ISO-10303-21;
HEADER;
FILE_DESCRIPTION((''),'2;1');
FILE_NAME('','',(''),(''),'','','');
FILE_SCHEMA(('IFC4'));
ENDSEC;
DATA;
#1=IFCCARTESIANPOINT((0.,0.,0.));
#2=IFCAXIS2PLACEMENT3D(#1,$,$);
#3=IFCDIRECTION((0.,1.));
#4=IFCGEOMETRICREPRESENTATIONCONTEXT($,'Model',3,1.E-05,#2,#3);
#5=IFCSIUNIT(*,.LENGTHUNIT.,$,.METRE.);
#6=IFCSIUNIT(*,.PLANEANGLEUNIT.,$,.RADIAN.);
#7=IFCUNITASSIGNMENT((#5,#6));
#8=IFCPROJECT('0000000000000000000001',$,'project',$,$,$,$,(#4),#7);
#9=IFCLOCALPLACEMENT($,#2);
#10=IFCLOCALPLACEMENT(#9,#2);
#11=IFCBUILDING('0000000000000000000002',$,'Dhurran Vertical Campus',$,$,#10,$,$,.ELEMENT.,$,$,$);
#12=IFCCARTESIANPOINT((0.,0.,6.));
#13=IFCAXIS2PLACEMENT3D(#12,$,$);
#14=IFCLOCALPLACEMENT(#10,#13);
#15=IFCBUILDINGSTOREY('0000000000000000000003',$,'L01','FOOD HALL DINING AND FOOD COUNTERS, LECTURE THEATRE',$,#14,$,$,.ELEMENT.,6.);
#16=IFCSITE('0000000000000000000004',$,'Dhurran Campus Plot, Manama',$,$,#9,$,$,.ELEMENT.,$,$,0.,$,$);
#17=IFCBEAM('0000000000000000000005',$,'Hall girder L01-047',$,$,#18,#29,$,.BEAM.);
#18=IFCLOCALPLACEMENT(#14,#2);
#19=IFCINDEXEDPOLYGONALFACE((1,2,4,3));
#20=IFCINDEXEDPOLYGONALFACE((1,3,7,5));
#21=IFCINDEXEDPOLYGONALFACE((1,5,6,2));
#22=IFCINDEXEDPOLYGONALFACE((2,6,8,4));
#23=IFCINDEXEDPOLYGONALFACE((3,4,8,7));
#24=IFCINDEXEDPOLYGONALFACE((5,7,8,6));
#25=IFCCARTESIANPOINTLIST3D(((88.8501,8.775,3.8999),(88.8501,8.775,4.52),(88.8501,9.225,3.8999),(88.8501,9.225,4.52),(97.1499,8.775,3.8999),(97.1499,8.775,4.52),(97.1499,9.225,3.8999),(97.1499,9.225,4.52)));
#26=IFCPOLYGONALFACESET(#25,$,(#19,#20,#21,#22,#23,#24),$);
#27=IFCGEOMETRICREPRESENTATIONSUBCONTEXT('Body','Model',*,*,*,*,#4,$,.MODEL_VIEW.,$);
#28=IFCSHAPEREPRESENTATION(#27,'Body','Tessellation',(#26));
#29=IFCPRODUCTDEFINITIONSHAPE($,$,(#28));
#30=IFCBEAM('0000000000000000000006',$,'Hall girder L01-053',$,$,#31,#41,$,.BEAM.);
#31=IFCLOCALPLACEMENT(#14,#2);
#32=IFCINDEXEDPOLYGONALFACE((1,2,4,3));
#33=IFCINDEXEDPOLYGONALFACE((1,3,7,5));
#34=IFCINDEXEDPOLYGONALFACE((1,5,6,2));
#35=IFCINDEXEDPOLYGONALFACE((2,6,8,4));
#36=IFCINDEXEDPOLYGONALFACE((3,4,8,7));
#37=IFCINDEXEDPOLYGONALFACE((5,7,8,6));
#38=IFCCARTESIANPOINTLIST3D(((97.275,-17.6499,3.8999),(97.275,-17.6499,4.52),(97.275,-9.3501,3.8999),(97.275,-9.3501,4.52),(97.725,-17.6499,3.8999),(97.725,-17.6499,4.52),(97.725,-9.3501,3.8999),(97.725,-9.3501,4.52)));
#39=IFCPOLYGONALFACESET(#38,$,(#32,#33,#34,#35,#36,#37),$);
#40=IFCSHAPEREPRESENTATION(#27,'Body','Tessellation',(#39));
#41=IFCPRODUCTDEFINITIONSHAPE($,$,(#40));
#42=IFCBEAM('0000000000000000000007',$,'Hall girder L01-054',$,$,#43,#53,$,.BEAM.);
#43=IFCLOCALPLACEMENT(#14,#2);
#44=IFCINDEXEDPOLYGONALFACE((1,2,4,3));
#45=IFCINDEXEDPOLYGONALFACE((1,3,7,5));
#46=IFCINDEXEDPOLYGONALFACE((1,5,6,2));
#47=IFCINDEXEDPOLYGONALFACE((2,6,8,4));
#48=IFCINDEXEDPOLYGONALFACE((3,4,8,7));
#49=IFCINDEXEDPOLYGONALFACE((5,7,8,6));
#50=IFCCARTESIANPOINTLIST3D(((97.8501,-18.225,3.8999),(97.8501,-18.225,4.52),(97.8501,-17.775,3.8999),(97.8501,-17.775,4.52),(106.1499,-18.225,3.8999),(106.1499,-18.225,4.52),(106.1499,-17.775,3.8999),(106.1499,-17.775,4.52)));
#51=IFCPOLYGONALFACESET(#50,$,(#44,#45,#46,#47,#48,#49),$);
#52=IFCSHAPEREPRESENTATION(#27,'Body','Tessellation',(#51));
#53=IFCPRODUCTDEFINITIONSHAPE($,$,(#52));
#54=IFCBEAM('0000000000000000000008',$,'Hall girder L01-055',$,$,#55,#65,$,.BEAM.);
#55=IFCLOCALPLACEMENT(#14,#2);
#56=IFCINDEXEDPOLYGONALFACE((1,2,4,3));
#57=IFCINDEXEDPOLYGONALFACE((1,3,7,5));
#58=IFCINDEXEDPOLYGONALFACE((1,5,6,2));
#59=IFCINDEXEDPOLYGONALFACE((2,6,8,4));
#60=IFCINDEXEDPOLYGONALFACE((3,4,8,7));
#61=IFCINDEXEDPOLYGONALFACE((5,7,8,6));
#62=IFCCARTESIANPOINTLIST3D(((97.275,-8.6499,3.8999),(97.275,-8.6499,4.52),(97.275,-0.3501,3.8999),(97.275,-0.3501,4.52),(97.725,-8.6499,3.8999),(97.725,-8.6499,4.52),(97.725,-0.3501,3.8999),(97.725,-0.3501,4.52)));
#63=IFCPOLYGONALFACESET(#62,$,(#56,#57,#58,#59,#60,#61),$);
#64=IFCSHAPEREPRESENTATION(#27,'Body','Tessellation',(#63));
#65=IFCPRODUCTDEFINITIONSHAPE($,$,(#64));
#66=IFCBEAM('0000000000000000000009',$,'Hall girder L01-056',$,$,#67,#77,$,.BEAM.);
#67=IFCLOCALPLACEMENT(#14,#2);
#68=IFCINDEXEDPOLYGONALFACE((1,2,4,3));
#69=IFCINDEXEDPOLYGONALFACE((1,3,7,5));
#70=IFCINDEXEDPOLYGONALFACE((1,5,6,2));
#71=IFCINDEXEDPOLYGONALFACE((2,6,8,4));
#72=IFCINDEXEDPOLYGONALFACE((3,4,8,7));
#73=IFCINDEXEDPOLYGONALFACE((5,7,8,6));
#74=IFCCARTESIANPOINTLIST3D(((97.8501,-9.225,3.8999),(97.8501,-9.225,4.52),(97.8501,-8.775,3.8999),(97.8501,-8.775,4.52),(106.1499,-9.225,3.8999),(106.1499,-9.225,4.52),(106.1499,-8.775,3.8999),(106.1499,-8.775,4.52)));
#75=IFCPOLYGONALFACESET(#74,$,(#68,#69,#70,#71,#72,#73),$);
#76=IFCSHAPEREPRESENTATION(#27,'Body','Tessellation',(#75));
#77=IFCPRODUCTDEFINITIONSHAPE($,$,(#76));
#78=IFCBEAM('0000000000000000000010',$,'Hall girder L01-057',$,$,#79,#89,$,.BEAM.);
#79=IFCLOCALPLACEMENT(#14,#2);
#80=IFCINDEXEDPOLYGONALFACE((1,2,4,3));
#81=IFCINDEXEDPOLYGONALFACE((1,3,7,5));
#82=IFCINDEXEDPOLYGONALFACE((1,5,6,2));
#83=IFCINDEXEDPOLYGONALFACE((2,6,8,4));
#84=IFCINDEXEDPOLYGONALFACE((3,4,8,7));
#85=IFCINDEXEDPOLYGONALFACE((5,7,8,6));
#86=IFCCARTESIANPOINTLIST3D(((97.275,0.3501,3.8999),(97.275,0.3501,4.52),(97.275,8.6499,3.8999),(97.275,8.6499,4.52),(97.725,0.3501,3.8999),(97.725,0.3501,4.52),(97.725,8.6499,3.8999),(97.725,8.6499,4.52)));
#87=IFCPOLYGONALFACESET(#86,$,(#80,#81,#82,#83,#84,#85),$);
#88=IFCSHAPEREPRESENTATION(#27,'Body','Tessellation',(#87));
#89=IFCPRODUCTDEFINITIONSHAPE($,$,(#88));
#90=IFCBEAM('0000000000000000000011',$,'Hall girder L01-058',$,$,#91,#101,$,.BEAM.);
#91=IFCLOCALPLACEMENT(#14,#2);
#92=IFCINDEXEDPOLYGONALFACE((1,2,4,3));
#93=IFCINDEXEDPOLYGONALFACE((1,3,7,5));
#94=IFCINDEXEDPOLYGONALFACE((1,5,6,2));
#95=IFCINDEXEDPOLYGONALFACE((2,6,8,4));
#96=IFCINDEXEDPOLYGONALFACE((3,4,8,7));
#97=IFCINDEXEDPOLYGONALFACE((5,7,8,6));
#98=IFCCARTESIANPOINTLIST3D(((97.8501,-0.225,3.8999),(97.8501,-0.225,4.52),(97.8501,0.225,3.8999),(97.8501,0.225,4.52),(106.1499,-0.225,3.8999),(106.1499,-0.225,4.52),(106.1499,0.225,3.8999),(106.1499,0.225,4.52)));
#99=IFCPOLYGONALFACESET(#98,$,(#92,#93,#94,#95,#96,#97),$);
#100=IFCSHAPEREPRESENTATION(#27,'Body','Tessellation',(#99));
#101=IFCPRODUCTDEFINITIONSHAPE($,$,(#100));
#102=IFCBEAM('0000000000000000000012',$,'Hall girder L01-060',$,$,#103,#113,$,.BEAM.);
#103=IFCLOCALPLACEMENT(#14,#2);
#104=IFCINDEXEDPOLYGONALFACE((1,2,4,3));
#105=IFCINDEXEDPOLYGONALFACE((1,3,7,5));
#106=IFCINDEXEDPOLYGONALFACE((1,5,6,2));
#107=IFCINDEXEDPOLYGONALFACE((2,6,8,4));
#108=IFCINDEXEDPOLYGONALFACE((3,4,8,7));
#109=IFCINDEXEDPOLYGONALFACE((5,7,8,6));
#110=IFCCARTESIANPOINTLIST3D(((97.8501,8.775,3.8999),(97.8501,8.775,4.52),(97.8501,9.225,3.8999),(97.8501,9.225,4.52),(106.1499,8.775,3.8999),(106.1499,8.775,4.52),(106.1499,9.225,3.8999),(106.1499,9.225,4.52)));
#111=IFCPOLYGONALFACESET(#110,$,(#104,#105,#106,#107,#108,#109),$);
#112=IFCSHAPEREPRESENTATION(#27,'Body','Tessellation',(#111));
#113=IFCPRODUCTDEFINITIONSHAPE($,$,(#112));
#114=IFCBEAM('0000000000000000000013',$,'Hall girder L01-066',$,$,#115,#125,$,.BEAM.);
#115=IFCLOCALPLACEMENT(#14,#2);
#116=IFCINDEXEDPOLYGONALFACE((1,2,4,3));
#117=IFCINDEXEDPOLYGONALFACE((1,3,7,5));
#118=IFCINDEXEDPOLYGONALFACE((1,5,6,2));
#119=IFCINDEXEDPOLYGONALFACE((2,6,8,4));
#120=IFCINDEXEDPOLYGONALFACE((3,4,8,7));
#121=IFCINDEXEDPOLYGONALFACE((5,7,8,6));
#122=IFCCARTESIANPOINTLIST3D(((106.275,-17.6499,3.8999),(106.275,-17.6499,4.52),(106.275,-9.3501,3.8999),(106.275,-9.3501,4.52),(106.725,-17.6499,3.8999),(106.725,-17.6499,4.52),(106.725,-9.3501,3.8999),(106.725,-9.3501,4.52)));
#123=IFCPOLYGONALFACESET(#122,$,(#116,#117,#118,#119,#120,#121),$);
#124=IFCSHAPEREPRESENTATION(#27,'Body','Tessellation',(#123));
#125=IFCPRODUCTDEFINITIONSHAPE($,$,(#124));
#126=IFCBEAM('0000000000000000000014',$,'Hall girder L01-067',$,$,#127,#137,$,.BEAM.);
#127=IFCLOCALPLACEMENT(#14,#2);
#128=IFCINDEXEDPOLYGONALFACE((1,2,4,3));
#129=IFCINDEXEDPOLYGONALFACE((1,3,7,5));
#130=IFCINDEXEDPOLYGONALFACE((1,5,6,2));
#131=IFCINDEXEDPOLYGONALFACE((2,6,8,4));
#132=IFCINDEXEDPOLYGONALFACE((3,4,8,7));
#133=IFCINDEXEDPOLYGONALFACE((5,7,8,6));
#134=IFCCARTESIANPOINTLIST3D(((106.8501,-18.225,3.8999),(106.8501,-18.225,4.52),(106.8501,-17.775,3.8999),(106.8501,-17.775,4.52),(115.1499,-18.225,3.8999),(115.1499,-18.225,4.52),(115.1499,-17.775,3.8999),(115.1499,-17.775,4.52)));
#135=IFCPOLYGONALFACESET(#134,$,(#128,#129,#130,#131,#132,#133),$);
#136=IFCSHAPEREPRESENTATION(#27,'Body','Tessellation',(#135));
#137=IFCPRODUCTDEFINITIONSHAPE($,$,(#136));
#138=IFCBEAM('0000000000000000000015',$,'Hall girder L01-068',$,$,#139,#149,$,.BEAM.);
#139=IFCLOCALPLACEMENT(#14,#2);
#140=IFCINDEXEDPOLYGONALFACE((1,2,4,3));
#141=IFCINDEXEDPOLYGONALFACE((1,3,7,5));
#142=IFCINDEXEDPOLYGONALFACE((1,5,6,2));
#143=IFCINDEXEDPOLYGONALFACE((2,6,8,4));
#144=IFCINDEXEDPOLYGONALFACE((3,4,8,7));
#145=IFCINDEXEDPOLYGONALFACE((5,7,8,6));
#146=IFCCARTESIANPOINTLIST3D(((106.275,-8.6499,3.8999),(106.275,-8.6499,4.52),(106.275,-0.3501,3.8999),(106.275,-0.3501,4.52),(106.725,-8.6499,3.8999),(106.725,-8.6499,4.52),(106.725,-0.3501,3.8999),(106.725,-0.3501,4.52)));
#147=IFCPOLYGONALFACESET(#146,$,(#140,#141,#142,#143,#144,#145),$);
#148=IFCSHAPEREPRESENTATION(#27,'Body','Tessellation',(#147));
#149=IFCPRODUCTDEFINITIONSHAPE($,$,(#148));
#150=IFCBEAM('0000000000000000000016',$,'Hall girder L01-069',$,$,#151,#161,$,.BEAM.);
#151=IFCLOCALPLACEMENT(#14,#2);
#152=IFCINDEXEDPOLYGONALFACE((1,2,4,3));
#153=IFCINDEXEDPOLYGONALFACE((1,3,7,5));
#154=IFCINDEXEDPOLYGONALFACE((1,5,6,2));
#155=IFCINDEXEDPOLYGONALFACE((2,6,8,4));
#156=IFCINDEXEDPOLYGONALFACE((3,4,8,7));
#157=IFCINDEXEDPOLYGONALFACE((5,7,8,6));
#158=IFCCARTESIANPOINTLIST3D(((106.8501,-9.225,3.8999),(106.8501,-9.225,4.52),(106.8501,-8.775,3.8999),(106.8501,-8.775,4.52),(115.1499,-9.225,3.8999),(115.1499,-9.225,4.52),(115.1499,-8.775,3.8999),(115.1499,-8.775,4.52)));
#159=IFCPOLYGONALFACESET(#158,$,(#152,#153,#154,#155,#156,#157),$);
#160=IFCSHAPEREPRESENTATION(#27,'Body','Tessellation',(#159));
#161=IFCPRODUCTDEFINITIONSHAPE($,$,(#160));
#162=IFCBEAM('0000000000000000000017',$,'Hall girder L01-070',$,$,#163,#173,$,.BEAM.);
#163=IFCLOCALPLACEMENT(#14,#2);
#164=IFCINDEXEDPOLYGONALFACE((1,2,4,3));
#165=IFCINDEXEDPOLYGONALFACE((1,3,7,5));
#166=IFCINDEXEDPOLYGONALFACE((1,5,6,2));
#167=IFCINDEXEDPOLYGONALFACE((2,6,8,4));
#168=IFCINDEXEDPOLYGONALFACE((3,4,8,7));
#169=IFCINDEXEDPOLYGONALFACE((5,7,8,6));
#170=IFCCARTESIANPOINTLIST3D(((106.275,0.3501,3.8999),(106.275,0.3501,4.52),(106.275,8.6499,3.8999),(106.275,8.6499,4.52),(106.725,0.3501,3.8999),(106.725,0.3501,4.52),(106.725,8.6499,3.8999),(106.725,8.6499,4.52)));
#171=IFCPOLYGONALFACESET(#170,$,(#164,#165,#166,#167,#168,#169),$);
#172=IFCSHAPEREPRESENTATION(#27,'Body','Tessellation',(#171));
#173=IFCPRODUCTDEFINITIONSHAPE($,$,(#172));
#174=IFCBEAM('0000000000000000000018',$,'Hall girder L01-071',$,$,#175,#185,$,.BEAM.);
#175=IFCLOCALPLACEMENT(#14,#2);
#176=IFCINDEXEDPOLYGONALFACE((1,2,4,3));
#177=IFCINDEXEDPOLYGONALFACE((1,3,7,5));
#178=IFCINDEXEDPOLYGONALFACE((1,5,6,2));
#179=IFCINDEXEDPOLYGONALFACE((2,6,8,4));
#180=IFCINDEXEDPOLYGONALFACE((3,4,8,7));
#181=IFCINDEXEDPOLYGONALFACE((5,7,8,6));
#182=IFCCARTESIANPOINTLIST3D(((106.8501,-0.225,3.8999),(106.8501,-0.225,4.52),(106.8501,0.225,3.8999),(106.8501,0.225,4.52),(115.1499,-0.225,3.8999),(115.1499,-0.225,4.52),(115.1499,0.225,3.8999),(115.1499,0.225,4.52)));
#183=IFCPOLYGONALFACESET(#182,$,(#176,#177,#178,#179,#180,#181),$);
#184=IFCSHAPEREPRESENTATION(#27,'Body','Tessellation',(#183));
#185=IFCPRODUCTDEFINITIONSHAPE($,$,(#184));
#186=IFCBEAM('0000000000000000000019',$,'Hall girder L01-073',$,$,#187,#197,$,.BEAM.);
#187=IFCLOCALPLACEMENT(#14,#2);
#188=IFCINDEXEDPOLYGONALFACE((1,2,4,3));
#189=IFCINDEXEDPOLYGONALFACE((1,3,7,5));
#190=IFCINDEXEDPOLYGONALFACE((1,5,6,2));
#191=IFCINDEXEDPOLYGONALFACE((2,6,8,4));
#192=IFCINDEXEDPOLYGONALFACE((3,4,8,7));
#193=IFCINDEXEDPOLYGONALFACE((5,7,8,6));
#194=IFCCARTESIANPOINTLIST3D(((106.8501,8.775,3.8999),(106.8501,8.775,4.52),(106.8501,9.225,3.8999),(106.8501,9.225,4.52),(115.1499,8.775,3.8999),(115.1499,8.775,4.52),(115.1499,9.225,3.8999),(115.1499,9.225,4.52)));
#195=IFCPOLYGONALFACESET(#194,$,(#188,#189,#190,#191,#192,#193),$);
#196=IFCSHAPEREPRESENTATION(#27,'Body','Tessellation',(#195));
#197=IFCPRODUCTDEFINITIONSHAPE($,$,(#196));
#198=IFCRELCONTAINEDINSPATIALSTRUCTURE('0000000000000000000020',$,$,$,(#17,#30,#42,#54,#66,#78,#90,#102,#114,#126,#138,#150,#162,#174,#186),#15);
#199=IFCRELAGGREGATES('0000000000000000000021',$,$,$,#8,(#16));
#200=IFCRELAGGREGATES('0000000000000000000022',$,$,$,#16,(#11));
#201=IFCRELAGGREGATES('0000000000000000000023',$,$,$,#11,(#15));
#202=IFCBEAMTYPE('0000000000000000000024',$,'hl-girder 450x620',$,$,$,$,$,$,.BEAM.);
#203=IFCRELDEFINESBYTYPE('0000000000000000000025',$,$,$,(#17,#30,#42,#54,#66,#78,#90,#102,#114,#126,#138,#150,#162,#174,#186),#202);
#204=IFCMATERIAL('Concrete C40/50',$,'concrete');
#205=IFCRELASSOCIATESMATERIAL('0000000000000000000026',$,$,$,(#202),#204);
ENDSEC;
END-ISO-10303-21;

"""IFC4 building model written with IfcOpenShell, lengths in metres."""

from ifc_helpers import new_model, si_unit, direction, frame, origin, origin_2d, place, context, subcontext, project, spatial, rectangle, extrude, material, material_profile, profile_set, type_object, element, save


model = new_model("IFC4")

# Units and contexts
model_context = context("Model", 3, precision=1e-05, world=origin(), true_north=direction((0.0, 1.0)))
body_context = subcontext(model_context, "Body", "Model", "MODEL_VIEW")
ifc_project = project(units=[si_unit("LENGTHUNIT", "METRE"), si_unit("PLANEANGLEUNIT", "RADIAN")], contexts=[model_context])

# Site, building, storey
site_placement = place(None, origin())
site = spatial("IfcSite", under=ifc_project, at=site_placement, Name="Dhurran Campus Plot, Manama", CompositionType="ELEMENT", RefElevation=0.0)
building_placement = place(site_placement, origin())
building = spatial("IfcBuilding", under=site, at=building_placement, Name="Dhurran Vertical Campus", CompositionType="ELEMENT")
storey_placement = place(building_placement, frame((0.0, 0.0, 6.0)))
storey = spatial("IfcBuildingStorey", under=building, at=storey_placement, Name="L01", Description="FOOD HALL DINING AND FOOD COUNTERS, LECTURE THEATRE", CompositionType="ELEMENT", Elevation=6.0)

# Beams
ifc_material_1 = material(Name="Concrete C40/50", Category="concrete")
ifc_material_profile_1 = material_profile(ifc_material_1, rectangle(XDim=0.45, YDim=0.6201, at=origin_2d()), Name="hl-girder 450x620")
ifc_profile_set_1 = profile_set([ifc_material_profile_1], Name="Concrete C40/50")
beam_type = type_object("IfcBeamType", Name="hl-girder 450x620", PredefinedType="BEAM", material=ifc_profile_set_1)
for number, where, z_axis, x_axis, name in (
    (1, (88.8501, 9.0, 4.21), (1.0, 0.0, 0.0), (0.0, 1.0, 0.0), "Hall girder L01-047"),
    (2, (97.5, -17.6499, 4.21), (0.0, 1.0, 0.0), (-1.0, 0.0, 0.0), "Hall girder L01-053"),
    (3, (97.8501, -18.0, 4.21), (1.0, 0.0, 0.0), (0.0, 1.0, 0.0), "Hall girder L01-054"),
    (4, (97.5, -8.6499, 4.21), (0.0, 1.0, 0.0), (-1.0, 0.0, 0.0), "Hall girder L01-055"),
    (5, (97.8501, -9.0, 4.21), (1.0, 0.0, 0.0), (0.0, 1.0, 0.0), "Hall girder L01-056"),
    (6, (97.5, 0.3501, 4.21), (0.0, 1.0, 0.0), (-1.0, 0.0, 0.0), "Hall girder L01-057"),
    (7, (97.8501, 0.0, 4.21), (1.0, 0.0, 0.0), (0.0, 1.0, 0.0), "Hall girder L01-058"),
    (8, (97.8501, 9.0, 4.21), (1.0, 0.0, 0.0), (0.0, 1.0, 0.0), "Hall girder L01-060"),
    (9, (106.5, -17.6499, 4.21), (0.0, 1.0, 0.0), (-1.0, 0.0, 0.0), "Hall girder L01-066"),
    (10, (106.8501, -18.0, 4.21), (1.0, 0.0, 0.0), (0.0, 1.0, 0.0), "Hall girder L01-067"),
    (11, (106.5, -8.6499, 4.21), (0.0, 1.0, 0.0), (-1.0, 0.0, 0.0), "Hall girder L01-068"),
    (12, (106.8501, -9.0, 4.21), (1.0, 0.0, 0.0), (0.0, 1.0, 0.0), "Hall girder L01-069"),
    (13, (106.5, 0.3501, 4.21), (0.0, 1.0, 0.0), (-1.0, 0.0, 0.0), "Hall girder L01-070"),
    (14, (106.8501, 0.0, 4.21), (1.0, 0.0, 0.0), (0.0, 1.0, 0.0), "Hall girder L01-071"),
    (15, (106.8501, 9.0, 4.21), (1.0, 0.0, 0.0), (0.0, 1.0, 0.0), "Hall girder L01-073"),
):
    element("IfcBeam", number, at=place(storey_placement, frame(where, z_axis=z_axis, x_axis=x_axis)), inside=storey, type_object=beam_type, Name=name, PredefinedType="BEAM", context=body_context, shape_type="SweptSolid", body=[
        extrude(rectangle(XDim=0.45, YDim=0.6201, at=origin_2d()), origin(), (0.0, 0.0, 1.0), 8.2998),
    ])

save(model, "model.ifc")
